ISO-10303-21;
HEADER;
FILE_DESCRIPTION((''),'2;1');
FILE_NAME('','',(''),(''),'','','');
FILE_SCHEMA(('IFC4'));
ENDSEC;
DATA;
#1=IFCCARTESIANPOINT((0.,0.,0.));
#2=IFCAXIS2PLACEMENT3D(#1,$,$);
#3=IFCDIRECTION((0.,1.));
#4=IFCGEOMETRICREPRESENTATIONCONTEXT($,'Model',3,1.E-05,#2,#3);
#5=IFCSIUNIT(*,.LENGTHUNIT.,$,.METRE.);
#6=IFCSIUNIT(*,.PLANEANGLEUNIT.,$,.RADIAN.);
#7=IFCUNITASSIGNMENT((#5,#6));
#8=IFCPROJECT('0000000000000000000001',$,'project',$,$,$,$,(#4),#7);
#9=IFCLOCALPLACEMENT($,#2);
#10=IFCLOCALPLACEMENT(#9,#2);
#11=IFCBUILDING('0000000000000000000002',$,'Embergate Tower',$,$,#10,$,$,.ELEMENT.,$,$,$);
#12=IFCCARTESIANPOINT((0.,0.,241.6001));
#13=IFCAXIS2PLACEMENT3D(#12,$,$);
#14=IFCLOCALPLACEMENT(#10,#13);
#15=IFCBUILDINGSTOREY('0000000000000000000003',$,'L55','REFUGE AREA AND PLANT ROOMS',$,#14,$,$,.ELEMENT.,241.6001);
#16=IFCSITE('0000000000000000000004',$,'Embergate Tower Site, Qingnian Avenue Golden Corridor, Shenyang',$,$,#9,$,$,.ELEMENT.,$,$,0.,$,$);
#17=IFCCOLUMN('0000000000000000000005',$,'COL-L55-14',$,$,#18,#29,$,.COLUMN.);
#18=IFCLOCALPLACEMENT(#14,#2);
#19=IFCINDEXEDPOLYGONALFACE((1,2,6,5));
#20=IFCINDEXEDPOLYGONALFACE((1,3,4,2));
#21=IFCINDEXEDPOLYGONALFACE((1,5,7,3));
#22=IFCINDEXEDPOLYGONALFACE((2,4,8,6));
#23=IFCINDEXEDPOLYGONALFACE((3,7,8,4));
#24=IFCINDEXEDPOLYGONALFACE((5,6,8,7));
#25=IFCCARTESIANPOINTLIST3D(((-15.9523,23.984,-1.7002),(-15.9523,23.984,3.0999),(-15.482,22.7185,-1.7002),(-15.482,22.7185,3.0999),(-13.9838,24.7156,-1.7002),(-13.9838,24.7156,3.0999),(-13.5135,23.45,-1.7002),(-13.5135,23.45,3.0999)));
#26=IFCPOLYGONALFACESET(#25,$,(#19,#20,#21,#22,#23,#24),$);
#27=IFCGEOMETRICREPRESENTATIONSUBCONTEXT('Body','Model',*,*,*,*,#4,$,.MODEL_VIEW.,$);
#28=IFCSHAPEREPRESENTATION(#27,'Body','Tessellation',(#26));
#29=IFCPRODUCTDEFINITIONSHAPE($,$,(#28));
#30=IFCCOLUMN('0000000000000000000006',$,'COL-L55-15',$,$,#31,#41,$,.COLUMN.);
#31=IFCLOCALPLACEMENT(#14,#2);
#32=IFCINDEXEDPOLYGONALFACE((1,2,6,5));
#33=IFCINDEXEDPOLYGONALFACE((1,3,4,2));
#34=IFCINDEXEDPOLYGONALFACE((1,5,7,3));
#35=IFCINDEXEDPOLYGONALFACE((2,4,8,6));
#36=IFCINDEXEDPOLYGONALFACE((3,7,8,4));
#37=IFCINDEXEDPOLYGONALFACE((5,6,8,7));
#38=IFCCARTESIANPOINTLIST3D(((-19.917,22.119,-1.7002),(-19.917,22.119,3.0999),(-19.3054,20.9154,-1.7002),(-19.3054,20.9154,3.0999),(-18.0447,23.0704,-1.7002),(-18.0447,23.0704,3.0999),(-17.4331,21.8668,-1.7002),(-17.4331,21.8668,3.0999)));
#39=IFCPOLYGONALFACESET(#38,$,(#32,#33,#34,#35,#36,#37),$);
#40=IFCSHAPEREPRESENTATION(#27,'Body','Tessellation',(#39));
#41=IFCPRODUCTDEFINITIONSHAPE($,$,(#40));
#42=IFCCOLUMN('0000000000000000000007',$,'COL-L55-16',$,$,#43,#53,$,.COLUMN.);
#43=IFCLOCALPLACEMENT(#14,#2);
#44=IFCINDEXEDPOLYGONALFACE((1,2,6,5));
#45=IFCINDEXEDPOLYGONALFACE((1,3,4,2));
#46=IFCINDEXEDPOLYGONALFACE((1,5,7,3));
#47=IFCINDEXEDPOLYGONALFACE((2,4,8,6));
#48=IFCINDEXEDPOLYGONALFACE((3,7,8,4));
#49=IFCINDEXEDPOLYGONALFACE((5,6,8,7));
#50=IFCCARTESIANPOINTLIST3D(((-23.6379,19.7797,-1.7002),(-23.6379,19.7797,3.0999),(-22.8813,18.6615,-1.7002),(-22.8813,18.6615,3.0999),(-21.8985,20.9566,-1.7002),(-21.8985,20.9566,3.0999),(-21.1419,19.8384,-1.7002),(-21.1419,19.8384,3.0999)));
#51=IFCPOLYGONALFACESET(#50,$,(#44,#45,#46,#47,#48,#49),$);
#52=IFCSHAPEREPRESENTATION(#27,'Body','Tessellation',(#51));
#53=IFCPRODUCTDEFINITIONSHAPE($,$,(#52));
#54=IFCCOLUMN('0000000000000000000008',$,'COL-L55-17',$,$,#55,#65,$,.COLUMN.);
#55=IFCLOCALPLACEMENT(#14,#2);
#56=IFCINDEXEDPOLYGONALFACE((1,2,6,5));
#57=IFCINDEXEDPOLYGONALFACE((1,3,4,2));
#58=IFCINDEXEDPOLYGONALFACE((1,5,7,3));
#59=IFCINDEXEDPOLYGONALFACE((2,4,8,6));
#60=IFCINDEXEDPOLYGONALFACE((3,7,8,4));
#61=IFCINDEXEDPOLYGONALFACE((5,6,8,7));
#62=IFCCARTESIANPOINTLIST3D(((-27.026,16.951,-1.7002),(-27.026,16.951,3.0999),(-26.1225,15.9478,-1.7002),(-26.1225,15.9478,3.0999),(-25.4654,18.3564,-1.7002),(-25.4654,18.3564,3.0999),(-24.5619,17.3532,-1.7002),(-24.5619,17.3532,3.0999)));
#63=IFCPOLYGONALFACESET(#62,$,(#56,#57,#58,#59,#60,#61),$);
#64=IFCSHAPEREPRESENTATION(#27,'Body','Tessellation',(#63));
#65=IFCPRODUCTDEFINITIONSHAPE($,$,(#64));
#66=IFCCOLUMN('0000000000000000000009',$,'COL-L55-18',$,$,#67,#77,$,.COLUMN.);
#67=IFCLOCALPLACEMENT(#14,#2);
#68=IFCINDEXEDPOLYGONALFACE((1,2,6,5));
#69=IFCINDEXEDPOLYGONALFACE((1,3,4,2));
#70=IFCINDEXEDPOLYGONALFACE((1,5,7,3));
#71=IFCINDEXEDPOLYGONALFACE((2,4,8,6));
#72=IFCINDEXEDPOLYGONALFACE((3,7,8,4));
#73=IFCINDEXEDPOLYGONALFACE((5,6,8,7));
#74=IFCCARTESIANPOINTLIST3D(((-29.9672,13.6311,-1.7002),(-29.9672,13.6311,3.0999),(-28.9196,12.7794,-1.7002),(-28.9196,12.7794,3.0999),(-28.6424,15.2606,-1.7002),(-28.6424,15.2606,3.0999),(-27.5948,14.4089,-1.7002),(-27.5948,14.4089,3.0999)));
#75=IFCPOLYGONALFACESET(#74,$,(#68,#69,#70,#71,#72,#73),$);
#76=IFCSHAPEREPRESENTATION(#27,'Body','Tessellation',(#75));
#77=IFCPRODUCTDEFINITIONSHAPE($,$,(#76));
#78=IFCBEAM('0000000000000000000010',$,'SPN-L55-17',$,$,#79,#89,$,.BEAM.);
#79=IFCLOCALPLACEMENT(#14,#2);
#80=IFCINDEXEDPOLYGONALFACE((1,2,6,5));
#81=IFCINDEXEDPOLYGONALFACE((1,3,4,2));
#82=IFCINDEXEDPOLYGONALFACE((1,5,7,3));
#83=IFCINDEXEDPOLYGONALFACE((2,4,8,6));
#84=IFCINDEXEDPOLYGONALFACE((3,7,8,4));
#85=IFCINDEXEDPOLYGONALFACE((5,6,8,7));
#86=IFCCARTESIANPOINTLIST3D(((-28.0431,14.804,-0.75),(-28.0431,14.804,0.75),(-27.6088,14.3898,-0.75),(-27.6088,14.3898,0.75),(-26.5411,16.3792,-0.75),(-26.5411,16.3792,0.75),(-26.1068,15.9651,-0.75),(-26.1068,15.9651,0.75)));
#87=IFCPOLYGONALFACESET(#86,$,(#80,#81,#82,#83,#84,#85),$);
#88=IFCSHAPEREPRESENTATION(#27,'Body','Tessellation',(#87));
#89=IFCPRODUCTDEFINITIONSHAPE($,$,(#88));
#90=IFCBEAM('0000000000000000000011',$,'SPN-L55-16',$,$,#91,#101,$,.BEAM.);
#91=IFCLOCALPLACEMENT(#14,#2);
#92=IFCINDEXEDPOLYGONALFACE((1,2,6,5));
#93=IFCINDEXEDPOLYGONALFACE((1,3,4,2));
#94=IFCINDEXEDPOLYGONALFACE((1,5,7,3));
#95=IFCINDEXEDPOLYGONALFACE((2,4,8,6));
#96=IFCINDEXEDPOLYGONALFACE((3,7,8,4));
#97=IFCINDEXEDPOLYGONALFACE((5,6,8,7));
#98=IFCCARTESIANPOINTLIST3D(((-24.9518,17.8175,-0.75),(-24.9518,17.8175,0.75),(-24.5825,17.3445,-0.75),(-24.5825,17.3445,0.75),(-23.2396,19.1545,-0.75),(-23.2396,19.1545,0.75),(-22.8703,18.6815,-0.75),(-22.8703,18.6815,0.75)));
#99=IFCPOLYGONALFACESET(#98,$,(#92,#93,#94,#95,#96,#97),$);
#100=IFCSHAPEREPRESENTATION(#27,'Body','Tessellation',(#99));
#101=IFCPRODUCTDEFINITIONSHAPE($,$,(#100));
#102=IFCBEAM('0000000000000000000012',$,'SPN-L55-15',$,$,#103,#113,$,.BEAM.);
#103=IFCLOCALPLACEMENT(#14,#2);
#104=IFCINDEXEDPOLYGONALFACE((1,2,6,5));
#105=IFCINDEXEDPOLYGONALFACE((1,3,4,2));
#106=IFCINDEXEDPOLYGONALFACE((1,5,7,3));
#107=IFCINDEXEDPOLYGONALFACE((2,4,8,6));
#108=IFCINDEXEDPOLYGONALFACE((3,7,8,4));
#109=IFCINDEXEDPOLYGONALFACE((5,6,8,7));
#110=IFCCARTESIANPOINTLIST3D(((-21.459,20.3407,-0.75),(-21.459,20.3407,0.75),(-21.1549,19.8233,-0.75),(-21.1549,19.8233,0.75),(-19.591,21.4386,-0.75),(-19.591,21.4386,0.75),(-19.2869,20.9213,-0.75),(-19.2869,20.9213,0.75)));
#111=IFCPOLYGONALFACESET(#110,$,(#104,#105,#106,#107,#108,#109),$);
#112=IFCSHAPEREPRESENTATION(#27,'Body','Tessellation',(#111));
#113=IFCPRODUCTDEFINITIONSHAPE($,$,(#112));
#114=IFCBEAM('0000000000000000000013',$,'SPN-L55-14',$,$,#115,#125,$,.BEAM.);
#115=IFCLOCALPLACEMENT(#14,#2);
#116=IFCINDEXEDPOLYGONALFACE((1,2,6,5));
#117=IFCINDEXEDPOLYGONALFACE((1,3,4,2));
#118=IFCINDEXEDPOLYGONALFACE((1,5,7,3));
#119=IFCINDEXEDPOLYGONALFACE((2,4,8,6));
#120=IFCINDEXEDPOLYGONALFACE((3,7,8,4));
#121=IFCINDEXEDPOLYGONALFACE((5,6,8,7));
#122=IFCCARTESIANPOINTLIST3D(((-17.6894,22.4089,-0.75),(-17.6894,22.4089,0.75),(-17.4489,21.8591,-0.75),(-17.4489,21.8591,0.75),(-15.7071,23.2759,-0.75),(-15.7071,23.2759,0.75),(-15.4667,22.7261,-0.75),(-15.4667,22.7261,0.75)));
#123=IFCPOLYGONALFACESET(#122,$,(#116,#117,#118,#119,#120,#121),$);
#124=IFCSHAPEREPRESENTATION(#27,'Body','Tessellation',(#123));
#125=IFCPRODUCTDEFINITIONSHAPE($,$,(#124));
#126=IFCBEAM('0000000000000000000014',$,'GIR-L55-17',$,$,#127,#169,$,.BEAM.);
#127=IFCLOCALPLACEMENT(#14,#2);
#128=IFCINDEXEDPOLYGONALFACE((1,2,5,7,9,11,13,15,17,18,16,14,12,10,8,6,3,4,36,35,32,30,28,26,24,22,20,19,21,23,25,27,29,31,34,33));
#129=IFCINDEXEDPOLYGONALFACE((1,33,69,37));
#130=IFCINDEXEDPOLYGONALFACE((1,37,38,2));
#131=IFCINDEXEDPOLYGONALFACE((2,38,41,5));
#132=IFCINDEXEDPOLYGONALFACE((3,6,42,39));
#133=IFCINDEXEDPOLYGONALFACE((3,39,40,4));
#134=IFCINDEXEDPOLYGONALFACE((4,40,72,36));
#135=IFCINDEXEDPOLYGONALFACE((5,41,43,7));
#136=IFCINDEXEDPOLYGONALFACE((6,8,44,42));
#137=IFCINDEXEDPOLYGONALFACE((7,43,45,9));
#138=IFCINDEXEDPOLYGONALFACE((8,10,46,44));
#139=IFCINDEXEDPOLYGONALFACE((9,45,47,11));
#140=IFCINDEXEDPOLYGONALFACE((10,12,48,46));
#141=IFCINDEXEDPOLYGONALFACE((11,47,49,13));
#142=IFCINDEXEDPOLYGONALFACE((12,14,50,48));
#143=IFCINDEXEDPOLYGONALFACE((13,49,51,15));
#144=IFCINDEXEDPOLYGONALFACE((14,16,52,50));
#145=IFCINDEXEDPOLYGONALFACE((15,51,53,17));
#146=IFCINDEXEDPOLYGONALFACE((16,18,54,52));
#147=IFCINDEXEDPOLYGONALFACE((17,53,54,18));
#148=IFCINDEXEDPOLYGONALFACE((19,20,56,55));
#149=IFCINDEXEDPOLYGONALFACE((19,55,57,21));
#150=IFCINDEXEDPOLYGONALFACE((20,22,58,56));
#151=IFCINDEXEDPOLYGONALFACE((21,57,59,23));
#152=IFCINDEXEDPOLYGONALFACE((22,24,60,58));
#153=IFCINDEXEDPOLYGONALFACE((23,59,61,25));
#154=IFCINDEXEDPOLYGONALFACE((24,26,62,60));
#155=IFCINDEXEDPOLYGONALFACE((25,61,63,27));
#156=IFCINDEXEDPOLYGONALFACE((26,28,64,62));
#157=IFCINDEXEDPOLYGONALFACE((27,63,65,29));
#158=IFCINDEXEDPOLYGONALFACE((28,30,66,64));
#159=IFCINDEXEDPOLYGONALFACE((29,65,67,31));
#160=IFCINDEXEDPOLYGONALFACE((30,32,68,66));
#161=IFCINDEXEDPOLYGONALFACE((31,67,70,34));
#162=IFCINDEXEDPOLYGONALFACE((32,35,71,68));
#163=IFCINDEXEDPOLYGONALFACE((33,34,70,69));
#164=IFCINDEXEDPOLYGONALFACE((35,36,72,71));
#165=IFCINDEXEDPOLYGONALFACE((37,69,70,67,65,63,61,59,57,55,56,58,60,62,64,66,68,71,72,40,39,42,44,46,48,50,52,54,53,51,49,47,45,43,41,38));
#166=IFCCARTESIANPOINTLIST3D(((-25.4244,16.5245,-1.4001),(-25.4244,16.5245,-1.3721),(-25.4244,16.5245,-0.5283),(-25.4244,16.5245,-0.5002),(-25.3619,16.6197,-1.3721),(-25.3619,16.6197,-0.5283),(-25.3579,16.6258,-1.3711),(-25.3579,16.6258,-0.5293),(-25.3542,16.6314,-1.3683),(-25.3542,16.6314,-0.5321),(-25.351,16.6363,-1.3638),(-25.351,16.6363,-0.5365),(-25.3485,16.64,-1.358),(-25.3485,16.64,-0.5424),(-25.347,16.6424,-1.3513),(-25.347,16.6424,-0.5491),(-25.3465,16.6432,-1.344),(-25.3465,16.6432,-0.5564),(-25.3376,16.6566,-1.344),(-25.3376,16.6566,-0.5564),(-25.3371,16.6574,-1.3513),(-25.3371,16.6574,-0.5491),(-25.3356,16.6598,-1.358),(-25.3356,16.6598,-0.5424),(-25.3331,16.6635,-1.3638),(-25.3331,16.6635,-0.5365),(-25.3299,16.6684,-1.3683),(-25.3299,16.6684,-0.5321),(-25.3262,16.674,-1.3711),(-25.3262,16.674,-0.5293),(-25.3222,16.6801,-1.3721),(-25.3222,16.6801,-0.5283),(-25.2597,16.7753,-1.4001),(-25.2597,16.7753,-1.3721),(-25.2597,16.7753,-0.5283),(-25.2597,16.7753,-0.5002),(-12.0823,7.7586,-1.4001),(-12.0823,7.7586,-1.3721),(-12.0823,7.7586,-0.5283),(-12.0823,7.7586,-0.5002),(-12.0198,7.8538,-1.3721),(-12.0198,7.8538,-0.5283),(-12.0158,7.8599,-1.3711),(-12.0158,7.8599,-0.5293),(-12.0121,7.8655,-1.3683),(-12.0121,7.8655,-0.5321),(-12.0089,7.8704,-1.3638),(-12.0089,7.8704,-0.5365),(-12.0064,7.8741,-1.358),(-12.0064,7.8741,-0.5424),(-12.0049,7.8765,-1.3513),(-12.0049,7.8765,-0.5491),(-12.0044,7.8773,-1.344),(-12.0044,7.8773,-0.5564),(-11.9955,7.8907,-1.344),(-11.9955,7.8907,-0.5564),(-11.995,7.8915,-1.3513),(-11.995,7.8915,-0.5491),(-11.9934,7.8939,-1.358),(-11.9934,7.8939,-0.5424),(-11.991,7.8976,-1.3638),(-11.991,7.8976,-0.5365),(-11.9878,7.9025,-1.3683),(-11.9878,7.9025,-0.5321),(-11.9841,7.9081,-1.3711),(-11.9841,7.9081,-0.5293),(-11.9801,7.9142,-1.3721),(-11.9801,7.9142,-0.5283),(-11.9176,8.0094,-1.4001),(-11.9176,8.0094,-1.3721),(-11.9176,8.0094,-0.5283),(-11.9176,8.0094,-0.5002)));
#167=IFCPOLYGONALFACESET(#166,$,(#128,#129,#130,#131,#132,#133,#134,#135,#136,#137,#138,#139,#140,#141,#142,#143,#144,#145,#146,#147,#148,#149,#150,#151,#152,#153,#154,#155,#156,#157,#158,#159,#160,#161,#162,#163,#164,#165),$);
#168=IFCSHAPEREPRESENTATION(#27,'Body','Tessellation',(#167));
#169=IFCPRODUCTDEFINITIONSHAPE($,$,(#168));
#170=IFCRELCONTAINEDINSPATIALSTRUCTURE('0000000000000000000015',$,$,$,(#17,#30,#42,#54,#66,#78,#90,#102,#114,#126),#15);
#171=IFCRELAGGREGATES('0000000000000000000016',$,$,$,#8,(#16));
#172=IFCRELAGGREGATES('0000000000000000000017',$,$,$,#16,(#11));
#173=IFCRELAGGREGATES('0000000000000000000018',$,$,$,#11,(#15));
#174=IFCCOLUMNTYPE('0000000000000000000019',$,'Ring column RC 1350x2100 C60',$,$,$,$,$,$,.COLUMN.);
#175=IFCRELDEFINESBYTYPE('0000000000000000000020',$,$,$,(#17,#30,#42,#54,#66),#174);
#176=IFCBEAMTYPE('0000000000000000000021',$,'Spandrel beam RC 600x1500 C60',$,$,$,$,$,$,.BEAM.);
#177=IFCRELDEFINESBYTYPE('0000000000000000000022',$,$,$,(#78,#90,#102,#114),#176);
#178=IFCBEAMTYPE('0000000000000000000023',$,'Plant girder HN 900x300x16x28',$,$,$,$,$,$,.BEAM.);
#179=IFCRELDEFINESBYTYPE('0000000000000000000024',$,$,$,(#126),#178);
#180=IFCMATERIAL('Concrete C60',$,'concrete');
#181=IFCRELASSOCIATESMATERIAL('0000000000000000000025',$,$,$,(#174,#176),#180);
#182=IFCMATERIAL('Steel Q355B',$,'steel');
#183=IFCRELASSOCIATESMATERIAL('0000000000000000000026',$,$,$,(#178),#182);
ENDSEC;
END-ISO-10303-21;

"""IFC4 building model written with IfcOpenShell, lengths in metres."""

from ifc_helpers import new_model, si_unit, direction, frame, origin, origin_2d, place, context, subcontext, project, spatial, rectangle, i_section, extrude, source, transform, mapped, material, material_profile, profile_set, type_object, element, save


model = new_model("IFC4")

# Units and contexts
model_context = context("Model", 3, precision=1e-05, world=origin(), true_north=direction((0.0, 1.0)))
body_context = subcontext(model_context, "Body", "Model", "MODEL_VIEW")
ifc_project = project(units=[si_unit("LENGTHUNIT", "METRE"), si_unit("PLANEANGLEUNIT", "RADIAN")], contexts=[model_context])

# Site, building, storey
site_placement = place(None, origin())
site = spatial("IfcSite", under=ifc_project, at=site_placement, Name="Embergate Tower Site, Qingnian Avenue Golden Corridor, Shenyang", CompositionType="ELEMENT", RefElevation=0.0)
building_placement = place(site_placement, origin())
building = spatial("IfcBuilding", under=site, at=building_placement, Name="Embergate Tower", CompositionType="ELEMENT")
storey_placement = place(building_placement, frame((0.0, 0.0, 241.6001)))
storey = spatial("IfcBuildingStorey", under=building, at=storey_placement, Name="L55", Description="REFUGE AREA AND PLANT ROOMS", CompositionType="ELEMENT", Elevation=241.6001)

# Columns
ifc_material_1 = material(Name="Concrete C60", Category="concrete")
ifc_material_profile_1 = material_profile(ifc_material_1, rectangle(XDim=1.3501, YDim=2.1001, at=origin_2d()), Name="RC 1350x2100")
ifc_profile_set_1 = profile_set([ifc_material_profile_1], Name="Concrete C60")
column_type = type_object("IfcColumnType", Name="Ring column RC 1350x2100 C60", PredefinedType="COLUMN", material=ifc_profile_set_1)
shared_shape_1 = source(origin(), body_context, "Body", "SweptSolid", [
    extrude(rectangle(XDim=1.3501, YDim=2.1001, at=origin_2d()), origin(), (0.0, 0.0, 1.0), 4.8),
])
for number, where, z_axis, x_axis, name in (
    (1, (-14.7329, 23.717, -1.7002), (0.0, 0.0, 1.0), (-0.348343, 0.937367, 0.0), "COL-L55-14"),
    (2, (-18.675, 21.9929, -1.7002), (0.0, 0.0, 1.0), (-0.453011, 0.891505, 0.0), "COL-L55-15"),
    (3, (-22.3899, 19.8091, -1.7002), (0.0, 0.0, 1.0), (-0.560393, 0.828227, 0.0), "COL-L55-16"),
    (4, (-25.7939, 17.1521, -1.7002), (0.0, 0.0, 1.0), (-0.669208, 0.743075, 0.0), "COL-L55-17"),
    (5, (-28.781, 14.02, -1.7002), (0.0, 0.0, 1.0), (-0.775925, 0.630825, 0.0), "COL-L55-18"),
):
    element("IfcColumn", number, at=place(storey_placement, frame(where, z_axis=z_axis, x_axis=x_axis)), inside=storey, type_object=column_type, Name=name, PredefinedType="COLUMN", context=body_context, shape_type="MappedRepresentation", body=[
        mapped(shared_shape_1, transform((0.0, 0.0, 0.0))),
    ])

# Beams
ifc_material_profile_2 = material_profile(ifc_material_1, rectangle(XDim=0.6001, YDim=1.5, at=origin_2d()), Name="RC 600x1500")
ifc_profile_set_2 = profile_set([ifc_material_profile_2], Name="Concrete C60")
beam_type_1 = type_object("IfcBeamType", Name="Spandrel beam RC 600x1500 C60", PredefinedType="BEAM", material=ifc_profile_set_2)
shared_shape_2 = source(origin(), body_context, "Body", "SweptSolid", [
    extrude(rectangle(XDim=0.6001, YDim=1.5, at=origin_2d()), origin(), (0.0, 0.0, 1.0), 2.1765),
])
beam_1_placement = place(storey_placement, frame((-26.324, 16.1721, 0.0), z_axis=(-0.690081, -0.723732, 0.0), x_axis=(0.723732, -0.690081, 0.0)))
element("IfcBeam", 6, at=beam_1_placement, inside=storey, type_object=beam_type_1, Name="SPN-L55-17", PredefinedType="BEAM", context=body_context, shape_type="MappedRepresentation", body=[
    mapped(shared_shape_2, transform((0.0, 0.0, 0.0))),
])
shared_shape_3 = source(origin(), body_context, "Body", "SweptSolid", [
    extrude(rectangle(XDim=0.6001, YDim=1.5, at=origin_2d()), origin(), (0.0, 0.0, 1.0), 2.1724),
])
beam_2_placement = place(storey_placement, frame((-23.0549, 18.918, 0.0), z_axis=(-0.788183, -0.615441, 0.0), x_axis=(0.615441, -0.788183, 0.0)))
element("IfcBeam", 7, at=beam_2_placement, inside=storey, type_object=beam_type_1, Name="SPN-L55-16", PredefinedType="BEAM", context=body_context, shape_type="MappedRepresentation", body=[
    mapped(shared_shape_3, transform((0.0, 0.0, 0.0))),
])
shared_shape_4 = source(origin(), body_context, "Body", "SweptSolid", [
    extrude(rectangle(XDim=0.6001, YDim=1.5, at=origin_2d()), origin(), (0.0, 0.0, 1.0), 2.1667),
])
beam_3_placement = place(storey_placement, frame((-19.439, 21.1799, 0.0), z_axis=(-0.862111, -0.50672, 0.0), x_axis=(0.50672, -0.862111, 0.0)))
element("IfcBeam", 8, at=beam_3_placement, inside=storey, type_object=beam_type_1, Name="SPN-L55-15", PredefinedType="BEAM", context=body_context, shape_type="MappedRepresentation", body=[
    mapped(shared_shape_4, transform((0.0, 0.0, 0.0))),
])
shared_shape_5 = source(origin(), body_context, "Body", "SweptSolid", [
    extrude(rectangle(XDim=0.6001, YDim=1.5, at=origin_2d()), origin(), (0.0, 0.0, 1.0), 2.1636),
])
beam_4_placement = place(storey_placement, frame((-15.5869, 23.001, 0.0), z_axis=(-0.916201, -0.400718, 0.0), x_axis=(0.400718, -0.916201, 0.0)))
element("IfcBeam", 9, at=beam_4_placement, inside=storey, type_object=beam_type_1, Name="SPN-L55-14", PredefinedType="BEAM", context=body_context, shape_type="MappedRepresentation", body=[
    mapped(shared_shape_5, transform((0.0, 0.0, 0.0))),
])
ifc_material_2 = material(Name="Steel Q355B", Category="steel")
ifc_material_profile_3 = material_profile(ifc_material_2, i_section(OverallWidth=0.3, OverallDepth=0.8999, WebThickness=0.0161, FlangeThickness=0.0281, FilletRadius=0.0281, at=origin_2d()), Name="HN 900x300x16x28")
ifc_profile_set_3 = profile_set([ifc_material_profile_3], Name="Steel Q355 grade B")
beam_type_2 = type_object("IfcBeamType", Name="Plant girder HN 900x300x16x28", PredefinedType="BEAM", material=ifc_profile_set_3)
shared_shape_6 = source(origin(), body_context, "Body", "SweptSolid", [
    extrude(i_section(OverallWidth=0.3, OverallDepth=0.8999, WebThickness=0.0161, FlangeThickness=0.0281, FilletRadius=0.0281, at=origin_2d()), origin(), (0.0, 0.0, 1.0), 15.9641),
])
beam_5_placement = place(storey_placement, frame((-25.342, 16.6499, -0.9502), z_axis=(0.835756, -0.549101, 0.0), x_axis=(0.549101, 0.835756, 0.0)))
element("IfcBeam", 10, at=beam_5_placement, inside=storey, type_object=beam_type_2, Name="GIR-L55-17", PredefinedType="BEAM", context=body_context, shape_type="MappedRepresentation", body=[
    mapped(shared_shape_6, transform((0.0, 0.0, 0.0))),
])

save(model, "model.ifc")
